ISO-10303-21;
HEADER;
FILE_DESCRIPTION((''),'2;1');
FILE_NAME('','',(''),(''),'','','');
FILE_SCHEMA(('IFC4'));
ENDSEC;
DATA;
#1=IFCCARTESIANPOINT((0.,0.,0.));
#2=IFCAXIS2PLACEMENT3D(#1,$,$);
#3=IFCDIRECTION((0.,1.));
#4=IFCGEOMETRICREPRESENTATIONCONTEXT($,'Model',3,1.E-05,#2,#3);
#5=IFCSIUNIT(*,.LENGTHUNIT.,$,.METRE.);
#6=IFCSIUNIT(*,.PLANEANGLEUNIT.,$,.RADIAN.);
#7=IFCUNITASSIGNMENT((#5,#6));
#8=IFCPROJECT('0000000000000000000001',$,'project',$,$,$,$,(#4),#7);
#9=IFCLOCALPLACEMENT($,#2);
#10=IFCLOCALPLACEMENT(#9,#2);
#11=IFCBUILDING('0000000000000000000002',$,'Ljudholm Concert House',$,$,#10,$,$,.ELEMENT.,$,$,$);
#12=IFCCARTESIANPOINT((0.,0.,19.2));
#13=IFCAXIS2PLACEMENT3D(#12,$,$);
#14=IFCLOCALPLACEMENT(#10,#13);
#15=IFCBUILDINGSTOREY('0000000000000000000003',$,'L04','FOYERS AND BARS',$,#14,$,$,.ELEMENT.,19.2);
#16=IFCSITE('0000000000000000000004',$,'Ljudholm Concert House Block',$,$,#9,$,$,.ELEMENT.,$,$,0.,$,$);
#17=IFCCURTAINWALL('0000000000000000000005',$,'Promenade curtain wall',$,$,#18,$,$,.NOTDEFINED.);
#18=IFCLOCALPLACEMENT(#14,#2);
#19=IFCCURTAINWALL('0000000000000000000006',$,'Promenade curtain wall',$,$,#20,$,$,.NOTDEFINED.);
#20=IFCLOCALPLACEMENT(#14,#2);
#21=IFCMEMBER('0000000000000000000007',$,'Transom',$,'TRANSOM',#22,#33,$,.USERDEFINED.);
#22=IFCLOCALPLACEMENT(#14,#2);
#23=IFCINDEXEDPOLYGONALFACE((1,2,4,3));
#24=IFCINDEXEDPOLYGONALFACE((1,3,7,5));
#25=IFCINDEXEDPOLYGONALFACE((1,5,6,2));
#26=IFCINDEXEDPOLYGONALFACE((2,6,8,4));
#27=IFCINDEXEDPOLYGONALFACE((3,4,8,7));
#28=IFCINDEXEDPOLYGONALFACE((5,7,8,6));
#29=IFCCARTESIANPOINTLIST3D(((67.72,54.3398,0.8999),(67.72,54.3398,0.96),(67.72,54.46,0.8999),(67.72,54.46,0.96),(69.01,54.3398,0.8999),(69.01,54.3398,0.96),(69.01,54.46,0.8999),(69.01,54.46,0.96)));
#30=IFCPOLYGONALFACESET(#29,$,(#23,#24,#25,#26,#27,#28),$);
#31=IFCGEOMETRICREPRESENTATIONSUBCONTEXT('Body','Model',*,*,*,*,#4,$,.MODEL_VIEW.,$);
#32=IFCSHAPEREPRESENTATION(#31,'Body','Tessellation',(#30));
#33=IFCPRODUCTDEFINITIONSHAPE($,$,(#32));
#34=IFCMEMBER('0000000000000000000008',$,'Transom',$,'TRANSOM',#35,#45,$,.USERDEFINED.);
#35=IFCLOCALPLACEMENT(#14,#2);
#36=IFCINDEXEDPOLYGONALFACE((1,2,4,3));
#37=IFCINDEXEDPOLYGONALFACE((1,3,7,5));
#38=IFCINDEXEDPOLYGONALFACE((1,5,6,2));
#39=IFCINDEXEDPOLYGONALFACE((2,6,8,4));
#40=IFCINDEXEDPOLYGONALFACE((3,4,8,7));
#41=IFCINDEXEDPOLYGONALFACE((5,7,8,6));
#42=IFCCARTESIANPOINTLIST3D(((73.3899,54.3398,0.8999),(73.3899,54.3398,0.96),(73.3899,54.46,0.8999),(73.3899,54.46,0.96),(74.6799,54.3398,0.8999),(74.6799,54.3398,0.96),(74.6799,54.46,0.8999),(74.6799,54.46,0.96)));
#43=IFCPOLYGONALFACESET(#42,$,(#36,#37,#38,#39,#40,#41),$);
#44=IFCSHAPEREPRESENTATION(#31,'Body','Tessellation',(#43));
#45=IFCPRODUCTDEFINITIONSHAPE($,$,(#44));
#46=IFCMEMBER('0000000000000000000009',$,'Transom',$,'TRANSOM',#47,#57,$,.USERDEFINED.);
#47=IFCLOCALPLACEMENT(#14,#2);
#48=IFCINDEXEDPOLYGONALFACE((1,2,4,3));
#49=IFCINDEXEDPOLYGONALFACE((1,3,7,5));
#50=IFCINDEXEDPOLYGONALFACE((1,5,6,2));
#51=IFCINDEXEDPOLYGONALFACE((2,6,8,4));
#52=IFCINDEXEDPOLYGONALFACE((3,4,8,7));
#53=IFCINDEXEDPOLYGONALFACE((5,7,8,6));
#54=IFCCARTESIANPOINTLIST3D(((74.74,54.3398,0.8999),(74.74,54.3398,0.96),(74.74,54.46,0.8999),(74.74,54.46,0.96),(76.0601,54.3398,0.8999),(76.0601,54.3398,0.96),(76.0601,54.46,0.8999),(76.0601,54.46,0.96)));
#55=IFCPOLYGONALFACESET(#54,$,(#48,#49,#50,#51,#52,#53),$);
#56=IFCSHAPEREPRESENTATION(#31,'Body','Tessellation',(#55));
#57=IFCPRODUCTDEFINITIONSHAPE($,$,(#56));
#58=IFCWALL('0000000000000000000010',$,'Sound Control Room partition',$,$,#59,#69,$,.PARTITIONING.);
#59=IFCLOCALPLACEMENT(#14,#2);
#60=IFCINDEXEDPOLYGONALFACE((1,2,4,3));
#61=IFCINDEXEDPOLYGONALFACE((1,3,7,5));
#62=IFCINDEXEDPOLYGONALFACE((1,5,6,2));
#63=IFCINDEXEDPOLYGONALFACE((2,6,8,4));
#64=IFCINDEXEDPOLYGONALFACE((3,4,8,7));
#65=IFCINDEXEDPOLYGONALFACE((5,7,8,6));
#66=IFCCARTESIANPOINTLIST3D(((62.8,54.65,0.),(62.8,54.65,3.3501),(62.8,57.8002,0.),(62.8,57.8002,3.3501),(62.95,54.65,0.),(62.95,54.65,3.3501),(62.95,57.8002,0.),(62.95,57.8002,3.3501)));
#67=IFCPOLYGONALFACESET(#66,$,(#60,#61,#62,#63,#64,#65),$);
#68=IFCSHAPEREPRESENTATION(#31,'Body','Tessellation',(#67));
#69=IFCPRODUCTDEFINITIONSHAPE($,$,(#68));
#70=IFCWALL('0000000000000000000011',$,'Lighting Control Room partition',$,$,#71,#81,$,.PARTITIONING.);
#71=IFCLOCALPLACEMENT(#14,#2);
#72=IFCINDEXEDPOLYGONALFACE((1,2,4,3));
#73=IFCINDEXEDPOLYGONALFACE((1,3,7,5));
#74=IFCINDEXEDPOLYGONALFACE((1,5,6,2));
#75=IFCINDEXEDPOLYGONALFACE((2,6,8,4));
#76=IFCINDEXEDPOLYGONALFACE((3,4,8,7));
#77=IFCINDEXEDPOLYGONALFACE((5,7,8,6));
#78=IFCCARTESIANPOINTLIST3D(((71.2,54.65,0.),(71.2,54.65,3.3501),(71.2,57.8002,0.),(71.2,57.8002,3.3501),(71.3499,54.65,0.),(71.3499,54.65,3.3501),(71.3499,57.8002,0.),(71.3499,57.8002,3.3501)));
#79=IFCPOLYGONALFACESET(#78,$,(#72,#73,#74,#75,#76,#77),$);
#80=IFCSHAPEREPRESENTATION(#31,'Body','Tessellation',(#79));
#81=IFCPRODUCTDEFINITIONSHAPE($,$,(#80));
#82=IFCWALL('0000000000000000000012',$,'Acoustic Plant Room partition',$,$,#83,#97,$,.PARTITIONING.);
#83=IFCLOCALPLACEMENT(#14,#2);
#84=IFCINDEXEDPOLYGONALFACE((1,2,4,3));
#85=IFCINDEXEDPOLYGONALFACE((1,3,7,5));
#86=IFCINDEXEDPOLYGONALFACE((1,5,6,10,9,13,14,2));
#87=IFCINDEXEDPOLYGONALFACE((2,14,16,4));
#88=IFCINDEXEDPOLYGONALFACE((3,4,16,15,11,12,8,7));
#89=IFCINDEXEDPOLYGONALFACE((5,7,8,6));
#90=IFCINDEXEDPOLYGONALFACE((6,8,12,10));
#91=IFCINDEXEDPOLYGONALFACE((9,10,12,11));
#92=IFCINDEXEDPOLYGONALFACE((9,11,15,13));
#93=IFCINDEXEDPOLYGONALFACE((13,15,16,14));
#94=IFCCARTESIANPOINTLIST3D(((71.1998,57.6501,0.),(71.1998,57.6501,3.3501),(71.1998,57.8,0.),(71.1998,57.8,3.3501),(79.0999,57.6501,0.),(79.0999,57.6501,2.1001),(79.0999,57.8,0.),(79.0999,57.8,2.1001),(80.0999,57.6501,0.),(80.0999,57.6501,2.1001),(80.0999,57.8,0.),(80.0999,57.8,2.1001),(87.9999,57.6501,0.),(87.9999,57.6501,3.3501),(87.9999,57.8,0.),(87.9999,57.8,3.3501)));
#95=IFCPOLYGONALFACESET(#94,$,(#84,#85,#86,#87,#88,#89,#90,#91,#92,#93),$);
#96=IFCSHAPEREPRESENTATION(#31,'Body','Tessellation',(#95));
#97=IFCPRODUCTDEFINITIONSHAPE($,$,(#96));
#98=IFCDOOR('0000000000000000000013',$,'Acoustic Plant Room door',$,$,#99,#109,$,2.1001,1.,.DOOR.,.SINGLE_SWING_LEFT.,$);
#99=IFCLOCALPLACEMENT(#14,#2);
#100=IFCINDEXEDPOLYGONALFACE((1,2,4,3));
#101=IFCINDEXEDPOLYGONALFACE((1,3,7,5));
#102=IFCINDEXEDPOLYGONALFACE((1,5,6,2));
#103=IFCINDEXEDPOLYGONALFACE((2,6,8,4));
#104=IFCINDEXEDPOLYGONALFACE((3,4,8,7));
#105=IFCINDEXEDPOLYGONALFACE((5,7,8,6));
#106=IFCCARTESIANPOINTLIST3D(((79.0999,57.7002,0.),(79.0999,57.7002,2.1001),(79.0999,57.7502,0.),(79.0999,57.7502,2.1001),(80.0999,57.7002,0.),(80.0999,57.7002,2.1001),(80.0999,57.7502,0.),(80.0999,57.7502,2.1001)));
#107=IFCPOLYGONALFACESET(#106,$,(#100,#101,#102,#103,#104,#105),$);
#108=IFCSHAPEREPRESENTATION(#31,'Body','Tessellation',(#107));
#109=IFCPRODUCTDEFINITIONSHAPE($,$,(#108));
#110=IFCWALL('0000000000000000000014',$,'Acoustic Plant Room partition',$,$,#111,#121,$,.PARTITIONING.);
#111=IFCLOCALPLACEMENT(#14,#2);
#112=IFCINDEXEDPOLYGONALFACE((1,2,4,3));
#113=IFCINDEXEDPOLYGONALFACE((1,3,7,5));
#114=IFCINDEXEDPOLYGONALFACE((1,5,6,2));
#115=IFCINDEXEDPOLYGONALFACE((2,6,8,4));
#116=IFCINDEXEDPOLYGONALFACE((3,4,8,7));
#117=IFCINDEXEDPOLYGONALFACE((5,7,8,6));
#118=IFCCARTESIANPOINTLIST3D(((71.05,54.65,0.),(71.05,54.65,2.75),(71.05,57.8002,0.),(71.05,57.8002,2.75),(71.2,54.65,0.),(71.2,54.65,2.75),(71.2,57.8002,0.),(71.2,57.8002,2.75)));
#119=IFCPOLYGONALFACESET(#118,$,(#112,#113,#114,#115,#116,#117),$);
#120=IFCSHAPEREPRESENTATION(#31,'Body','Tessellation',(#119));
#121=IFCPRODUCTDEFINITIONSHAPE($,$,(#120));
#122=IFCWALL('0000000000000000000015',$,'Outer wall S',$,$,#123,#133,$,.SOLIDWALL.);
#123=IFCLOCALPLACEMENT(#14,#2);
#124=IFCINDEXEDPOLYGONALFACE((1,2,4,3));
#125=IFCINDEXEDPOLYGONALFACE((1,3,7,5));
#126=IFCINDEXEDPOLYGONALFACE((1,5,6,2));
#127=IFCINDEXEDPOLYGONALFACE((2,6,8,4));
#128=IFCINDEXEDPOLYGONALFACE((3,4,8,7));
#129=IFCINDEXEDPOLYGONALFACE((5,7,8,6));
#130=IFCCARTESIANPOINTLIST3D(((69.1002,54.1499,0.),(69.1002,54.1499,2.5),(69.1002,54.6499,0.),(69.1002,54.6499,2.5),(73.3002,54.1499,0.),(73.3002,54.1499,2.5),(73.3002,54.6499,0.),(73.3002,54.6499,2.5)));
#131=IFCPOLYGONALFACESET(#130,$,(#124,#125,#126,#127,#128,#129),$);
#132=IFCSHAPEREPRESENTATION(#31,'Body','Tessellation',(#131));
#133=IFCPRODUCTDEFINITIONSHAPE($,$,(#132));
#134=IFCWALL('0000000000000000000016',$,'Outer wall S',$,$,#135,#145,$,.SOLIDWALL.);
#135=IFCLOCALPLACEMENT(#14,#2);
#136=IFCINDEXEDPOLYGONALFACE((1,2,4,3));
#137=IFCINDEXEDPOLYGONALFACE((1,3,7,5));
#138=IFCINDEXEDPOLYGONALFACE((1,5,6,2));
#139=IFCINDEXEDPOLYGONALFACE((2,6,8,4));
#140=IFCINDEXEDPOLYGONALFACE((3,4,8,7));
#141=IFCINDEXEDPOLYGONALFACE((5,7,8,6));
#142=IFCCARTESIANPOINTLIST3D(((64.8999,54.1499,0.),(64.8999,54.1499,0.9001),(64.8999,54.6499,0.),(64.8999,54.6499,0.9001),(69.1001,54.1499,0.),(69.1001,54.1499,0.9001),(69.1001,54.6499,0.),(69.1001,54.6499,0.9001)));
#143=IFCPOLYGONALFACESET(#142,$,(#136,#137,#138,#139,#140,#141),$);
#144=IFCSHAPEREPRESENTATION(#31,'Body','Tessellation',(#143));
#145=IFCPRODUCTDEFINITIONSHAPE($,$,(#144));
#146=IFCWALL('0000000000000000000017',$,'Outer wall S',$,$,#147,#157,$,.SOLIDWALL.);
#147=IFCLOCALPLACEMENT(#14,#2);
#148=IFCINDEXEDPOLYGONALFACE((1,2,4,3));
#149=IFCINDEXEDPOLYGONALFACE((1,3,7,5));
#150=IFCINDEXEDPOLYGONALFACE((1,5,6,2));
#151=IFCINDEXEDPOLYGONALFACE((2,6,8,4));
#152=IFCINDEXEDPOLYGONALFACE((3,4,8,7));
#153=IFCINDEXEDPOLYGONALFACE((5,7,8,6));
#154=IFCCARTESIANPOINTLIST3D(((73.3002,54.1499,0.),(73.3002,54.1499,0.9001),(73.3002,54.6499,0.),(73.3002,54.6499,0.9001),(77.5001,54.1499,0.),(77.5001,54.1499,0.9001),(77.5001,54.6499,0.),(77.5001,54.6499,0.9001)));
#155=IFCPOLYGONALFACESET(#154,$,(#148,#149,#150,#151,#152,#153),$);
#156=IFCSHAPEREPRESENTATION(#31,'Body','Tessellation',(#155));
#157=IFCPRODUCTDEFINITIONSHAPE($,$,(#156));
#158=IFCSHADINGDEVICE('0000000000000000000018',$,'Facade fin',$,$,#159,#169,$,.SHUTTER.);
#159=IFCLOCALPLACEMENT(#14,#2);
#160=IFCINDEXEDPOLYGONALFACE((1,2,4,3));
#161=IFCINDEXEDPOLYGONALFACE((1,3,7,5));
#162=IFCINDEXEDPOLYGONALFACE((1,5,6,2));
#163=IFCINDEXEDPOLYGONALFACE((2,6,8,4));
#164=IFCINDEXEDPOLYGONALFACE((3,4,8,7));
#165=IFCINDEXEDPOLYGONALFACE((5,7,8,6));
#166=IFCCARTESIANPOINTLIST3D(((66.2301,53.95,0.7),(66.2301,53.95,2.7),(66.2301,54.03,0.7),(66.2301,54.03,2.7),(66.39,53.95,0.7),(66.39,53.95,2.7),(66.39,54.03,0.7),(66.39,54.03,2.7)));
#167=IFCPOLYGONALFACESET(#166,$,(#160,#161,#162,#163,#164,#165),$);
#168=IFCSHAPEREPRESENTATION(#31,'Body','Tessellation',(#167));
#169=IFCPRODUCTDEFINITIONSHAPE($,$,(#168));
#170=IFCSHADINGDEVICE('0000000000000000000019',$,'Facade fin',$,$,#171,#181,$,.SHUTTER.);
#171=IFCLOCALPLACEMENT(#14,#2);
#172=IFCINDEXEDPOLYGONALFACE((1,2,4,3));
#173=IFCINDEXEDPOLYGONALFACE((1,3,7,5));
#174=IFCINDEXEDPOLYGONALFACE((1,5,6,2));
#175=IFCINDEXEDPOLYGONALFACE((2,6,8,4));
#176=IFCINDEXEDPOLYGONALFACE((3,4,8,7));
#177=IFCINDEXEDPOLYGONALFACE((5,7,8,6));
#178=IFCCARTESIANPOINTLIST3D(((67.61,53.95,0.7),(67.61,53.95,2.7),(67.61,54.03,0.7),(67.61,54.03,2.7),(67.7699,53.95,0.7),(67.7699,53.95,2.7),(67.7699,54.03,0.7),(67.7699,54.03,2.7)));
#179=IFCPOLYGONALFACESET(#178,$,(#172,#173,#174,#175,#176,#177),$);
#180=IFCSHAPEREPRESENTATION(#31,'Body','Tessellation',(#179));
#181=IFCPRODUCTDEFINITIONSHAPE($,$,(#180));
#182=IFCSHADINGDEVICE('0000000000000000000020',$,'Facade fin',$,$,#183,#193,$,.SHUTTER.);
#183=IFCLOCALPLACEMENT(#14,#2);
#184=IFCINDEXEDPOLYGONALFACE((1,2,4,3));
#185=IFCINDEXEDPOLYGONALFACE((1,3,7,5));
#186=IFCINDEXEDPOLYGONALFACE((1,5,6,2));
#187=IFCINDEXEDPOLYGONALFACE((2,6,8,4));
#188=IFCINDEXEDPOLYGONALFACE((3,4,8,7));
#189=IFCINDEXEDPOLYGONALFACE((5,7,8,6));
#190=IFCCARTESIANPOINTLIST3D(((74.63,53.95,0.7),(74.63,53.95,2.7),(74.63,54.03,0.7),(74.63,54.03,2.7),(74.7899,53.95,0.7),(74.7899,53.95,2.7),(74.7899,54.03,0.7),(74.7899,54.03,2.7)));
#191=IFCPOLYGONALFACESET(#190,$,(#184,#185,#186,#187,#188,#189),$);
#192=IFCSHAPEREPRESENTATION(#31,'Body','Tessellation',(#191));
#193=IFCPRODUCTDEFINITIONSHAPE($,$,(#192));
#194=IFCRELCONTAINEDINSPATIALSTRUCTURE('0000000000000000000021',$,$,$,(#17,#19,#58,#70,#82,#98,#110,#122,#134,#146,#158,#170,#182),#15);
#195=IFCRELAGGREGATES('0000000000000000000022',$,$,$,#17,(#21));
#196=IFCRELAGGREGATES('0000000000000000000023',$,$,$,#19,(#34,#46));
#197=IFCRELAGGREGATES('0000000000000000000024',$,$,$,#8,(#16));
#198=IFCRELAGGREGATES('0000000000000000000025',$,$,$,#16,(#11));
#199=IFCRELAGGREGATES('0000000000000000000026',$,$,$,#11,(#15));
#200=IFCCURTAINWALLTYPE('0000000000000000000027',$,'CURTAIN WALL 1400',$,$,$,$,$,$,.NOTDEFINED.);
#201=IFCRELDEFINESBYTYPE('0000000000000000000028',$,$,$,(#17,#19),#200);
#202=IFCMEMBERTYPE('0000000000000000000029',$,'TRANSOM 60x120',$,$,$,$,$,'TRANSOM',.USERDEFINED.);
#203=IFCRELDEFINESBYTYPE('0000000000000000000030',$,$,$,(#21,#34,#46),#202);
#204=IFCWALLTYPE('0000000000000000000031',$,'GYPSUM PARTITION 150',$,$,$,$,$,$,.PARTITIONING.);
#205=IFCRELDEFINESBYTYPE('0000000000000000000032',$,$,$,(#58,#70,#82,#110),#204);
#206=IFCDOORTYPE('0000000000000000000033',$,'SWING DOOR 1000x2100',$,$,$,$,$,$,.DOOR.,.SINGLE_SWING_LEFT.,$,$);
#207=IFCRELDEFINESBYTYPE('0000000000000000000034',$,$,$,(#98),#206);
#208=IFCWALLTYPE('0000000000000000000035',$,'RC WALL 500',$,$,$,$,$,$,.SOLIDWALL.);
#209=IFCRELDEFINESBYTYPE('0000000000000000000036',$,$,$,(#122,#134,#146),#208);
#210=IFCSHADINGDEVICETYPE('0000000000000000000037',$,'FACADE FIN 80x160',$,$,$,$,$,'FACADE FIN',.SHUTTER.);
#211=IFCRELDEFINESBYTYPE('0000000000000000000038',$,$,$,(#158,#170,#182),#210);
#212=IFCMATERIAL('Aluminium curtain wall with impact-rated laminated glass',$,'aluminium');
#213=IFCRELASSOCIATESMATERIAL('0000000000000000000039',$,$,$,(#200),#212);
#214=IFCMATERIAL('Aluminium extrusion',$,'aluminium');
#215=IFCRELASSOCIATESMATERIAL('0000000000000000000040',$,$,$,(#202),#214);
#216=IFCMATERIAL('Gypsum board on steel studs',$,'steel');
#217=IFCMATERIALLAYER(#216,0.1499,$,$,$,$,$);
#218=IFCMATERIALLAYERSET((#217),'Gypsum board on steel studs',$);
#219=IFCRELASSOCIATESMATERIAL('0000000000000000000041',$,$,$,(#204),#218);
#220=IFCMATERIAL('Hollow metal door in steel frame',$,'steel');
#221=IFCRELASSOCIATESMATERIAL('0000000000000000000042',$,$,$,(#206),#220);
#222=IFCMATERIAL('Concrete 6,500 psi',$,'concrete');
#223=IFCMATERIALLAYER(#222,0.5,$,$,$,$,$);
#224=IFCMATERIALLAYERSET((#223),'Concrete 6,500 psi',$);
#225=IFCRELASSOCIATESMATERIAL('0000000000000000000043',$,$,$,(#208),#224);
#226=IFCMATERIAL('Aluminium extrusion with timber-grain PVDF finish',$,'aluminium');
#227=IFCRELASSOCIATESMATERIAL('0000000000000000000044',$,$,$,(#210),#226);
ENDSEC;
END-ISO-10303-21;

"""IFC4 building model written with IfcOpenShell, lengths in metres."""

from ifc_helpers import new_model, si_unit, direction, frame, frame_2d, origin, origin_2d, place, context, subcontext, project, spatial, rectangle, extrude, material, layer, layer_set, material_profile, profile_set, type_object, element, fill, aggregate, save


model = new_model("IFC4")

# Units and contexts
model_context = context("Model", 3, precision=1e-05, world=origin(), true_north=direction((0.0, 1.0)))
body_context = subcontext(model_context, "Body", "Model", "MODEL_VIEW")
ifc_project = project(units=[si_unit("LENGTHUNIT", "METRE"), si_unit("PLANEANGLEUNIT", "RADIAN")], contexts=[model_context])

# Site, building, storey
site_placement = place(None, origin())
site = spatial("IfcSite", under=ifc_project, at=site_placement, Name="Ljudholm Concert House Block", CompositionType="ELEMENT", RefElevation=0.0)
building_placement = place(site_placement, origin())
building = spatial("IfcBuilding", under=site, at=building_placement, Name="Ljudholm Concert House", CompositionType="ELEMENT")
storey_placement = place(building_placement, frame((0.0, 0.0, 19.2)))
storey = spatial("IfcBuildingStorey", under=building, at=storey_placement, Name="L04", Description="FOYERS AND BARS", CompositionType="ELEMENT", Elevation=19.2)

# Curtain walls
ifc_material_1 = material(Name="Aluminium curtain wall with impact-rated laminated glass", Category="aluminium")
curtain_wall_type = type_object("IfcCurtainWallType", Name="CURTAIN WALL 1400", PredefinedType="NOTDEFINED", material=ifc_material_1)
curtain_wall_1_placement = place(storey_placement, origin())
curtain_wall_1 = element("IfcCurtainWall", 1, at=curtain_wall_1_placement, inside=storey, type_object=curtain_wall_type, Name="Promenade curtain wall", PredefinedType="NOTDEFINED")
curtain_wall_2_placement = place(storey_placement, origin())
curtain_wall_2 = element("IfcCurtainWall", 2, at=curtain_wall_2_placement, inside=storey, type_object=curtain_wall_type, Name="Promenade curtain wall", PredefinedType="NOTDEFINED")

# Members
ifc_material_2 = material(Name="Aluminium extrusion", Category="aluminium")
ifc_material_profile_1 = material_profile(ifc_material_2, rectangle(XDim=0.1201, YDim=0.0601, at=origin_2d()), Name="TRANSOM 60x120")
ifc_profile_set_1 = profile_set([ifc_material_profile_1], Name="Aluminium extrusion")
member_type_1 = type_object("IfcMemberType", Name="TRANSOM 60x120", ElementType="TRANSOM", PredefinedType="USERDEFINED", material=ifc_profile_set_1)
member_1_placement = place(storey_placement, frame((67.72, 54.3999, 0.9299), z_axis=(1.0, 0.0, 0.0), x_axis=(0.0, 1.0, 0.0)))
member_1 = element("IfcMember", 3, at=member_1_placement, type_object=member_type_1, Name="Transom", ObjectType="TRANSOM", PredefinedType="USERDEFINED", context=body_context, shape_type="SweptSolid", body=[
    extrude(rectangle(XDim=0.1201, YDim=0.0601, at=origin_2d()), origin(), (0.0, 0.0, 1.0), 1.29),
])
aggregate(curtain_wall_1, [member_1])
member_2_placement = place(storey_placement, frame((73.3899, 54.3999, 0.9299), z_axis=(1.0, 0.0, 0.0), x_axis=(0.0, 1.0, 0.0)))
member_2 = element("IfcMember", 4, at=member_2_placement, type_object=member_type_1, Name="Transom", ObjectType="TRANSOM", PredefinedType="USERDEFINED", context=body_context, shape_type="SweptSolid", body=[
    extrude(rectangle(XDim=0.1201, YDim=0.0601, at=origin_2d()), origin(), (0.0, 0.0, 1.0), 1.29),
])
member_3_placement = place(storey_placement, frame((74.74, 54.3999, 0.9299), z_axis=(1.0, 0.0, 0.0), x_axis=(0.0, 1.0, 0.0)))
member_3 = element("IfcMember", 5, at=member_3_placement, type_object=member_type_1, Name="Transom", ObjectType="TRANSOM", PredefinedType="USERDEFINED", context=body_context, shape_type="SweptSolid", body=[
    extrude(rectangle(XDim=0.1201, YDim=0.0601, at=origin_2d()), origin(), (0.0, 0.0, 1.0), 1.3201),
])
aggregate(curtain_wall_2, [member_2, member_3])

# Walls
ifc_material_3 = material(Name="Gypsum board on steel studs", Category="steel")
ifc_layer_1 = layer(ifc_material_3, 0.1499)
ifc_layer_set_1 = layer_set([ifc_layer_1], Name="Gypsum board on steel studs")
wall_type_1 = type_object("IfcWallType", Name="GYPSUM PARTITION 150", PredefinedType="PARTITIONING", material=ifc_layer_set_1)
for number, where, z_axis, x_axis, name in (
    (6, (62.875, 54.6499, 0.0), (0.0, 0.0, 1.0), (0.0, 1.0, 0.0), "Sound Control Room partition"),
    (7, (71.2749, 54.6499, 0.0), (0.0, 0.0, 1.0), (0.0, 1.0, 0.0), "Lighting Control Room partition"),
):
    element("IfcWall", number, at=place(storey_placement, frame(where, z_axis=z_axis, x_axis=x_axis)), inside=storey, type_object=wall_type_1, Name=name, PredefinedType="PARTITIONING", context=body_context, shape_type="SweptSolid", body=[
        extrude(rectangle(XDim=3.1501, YDim=0.1499, at=frame_2d((1.5752, 0.0))), origin(), (0.0, 0.0, 1.0), 3.3501),
    ])

# Wall, opening, door
wall_1_placement = place(storey_placement, frame((71.2, 57.7251, 0.0), z_axis=(0.0, 0.0, 1.0), x_axis=(1.0, 0.0, 0.0)))
wall_1 = element("IfcWall", 8, at=wall_1_placement, inside=storey, type_object=wall_type_1, Name="Acoustic Plant Room partition", PredefinedType="PARTITIONING", context=body_context, shape_type="SweptSolid", body=[
    extrude(rectangle(XDim=16.8, YDim=0.1499, at=frame_2d((8.3999, 0.0))), origin(), (0.0, 0.0, 1.0), 3.3501),
])
opening_placement = place(wall_1_placement, frame((7.8999, 0.0, 0.0)))
opening = element("IfcOpeningElement", 9, at=opening_placement, cuts=wall_1, PredefinedType="OPENING", context=body_context, shape_type="SweptSolid", body=[
    extrude(rectangle(XDim=1.0, YDim=2.1001, at=frame_2d((0.5, 1.05))), frame((0.0, 0.085, 0.0), z_axis=(0.0, -1.0, 0.0), x_axis=(1.0, 0.0, 0.0)), (0.0, 0.0, 1.0), 0.1699),
])
ifc_material_4 = material(Name="Hollow metal door in steel frame", Category="steel")
door_type = type_object("IfcDoorType", Name="SWING DOOR 1000x2100", OperationType="SINGLE_SWING_LEFT", PredefinedType="DOOR", material=ifc_material_4)
door_placement = place(opening_placement, frame((1.0, 0.0, 0.0), z_axis=(0.0, 0.0, 1.0), x_axis=(-1.0, 0.0, 0.0)))
door = element("IfcDoor", 10, at=door_placement, inside=storey, type_object=door_type, Name="Acoustic Plant Room door", OperationType="SINGLE_SWING_LEFT", OverallHeight=2.1001, OverallWidth=1.0, PredefinedType="DOOR", context=body_context, shape_type="SweptSolid", body=[
    extrude(rectangle(XDim=1.0, YDim=2.1001, at=frame_2d((0.5, 1.05))), frame((0.0, 0.0249, 0.0), z_axis=(0.0, -1.0, 0.0), x_axis=(1.0, 0.0, 0.0)), (0.0, 0.0, 1.0), 0.05),
])
fill(opening, door)

# Walls
wall_2_placement = place(storey_placement, frame((71.125, 54.6499, 0.0), z_axis=(0.0, 0.0, 1.0), x_axis=(0.0, 1.0, 0.0)))
element("IfcWall", 11, at=wall_2_placement, inside=storey, type_object=wall_type_1, Name="Acoustic Plant Room partition", PredefinedType="PARTITIONING", context=body_context, shape_type="SweptSolid", body=[
    extrude(rectangle(XDim=3.1501, YDim=0.1499, at=frame_2d((1.5752, 0.0))), origin(), (0.0, 0.0, 1.0), 2.75),
])
ifc_material_5 = material(Name="Concrete 6,500 psi", Category="concrete")
ifc_layer_2 = layer(ifc_material_5, 0.5)
ifc_layer_set_2 = layer_set([ifc_layer_2], Name="Concrete 6,500 psi")
wall_type_2 = type_object("IfcWallType", Name="RC WALL 500", PredefinedType="SOLIDWALL", material=ifc_layer_set_2)
wall_3_placement = place(storey_placement, frame((69.1001, 54.3999, 0.0), z_axis=(0.0, 0.0, 1.0), x_axis=(1.0, 0.0, 0.0)))
element("IfcWall", 12, at=wall_3_placement, inside=storey, type_object=wall_type_2, Name="Outer wall S", PredefinedType="SOLIDWALL", context=body_context, shape_type="SweptSolid", body=[
    extrude(rectangle(XDim=4.2, YDim=0.5, at=frame_2d((2.1001, 0.0))), origin(), (0.0, 0.0, 1.0), 2.5),
])
wall_4_placement = place(storey_placement, frame((64.8999, 54.3999, 0.0), z_axis=(0.0, 0.0, 1.0), x_axis=(1.0, 0.0, 0.0)))
element("IfcWall", 13, at=wall_4_placement, inside=storey, type_object=wall_type_2, Name="Outer wall S", PredefinedType="SOLIDWALL", context=body_context, shape_type="SweptSolid", body=[
    extrude(rectangle(XDim=4.2002, YDim=0.5, at=frame_2d((2.1001, 0.0))), origin(), (0.0, 0.0, 1.0), 0.9001),
])
wall_5_placement = place(storey_placement, frame((73.3, 54.3999, 0.0), z_axis=(0.0, 0.0, 1.0), x_axis=(1.0, 0.0, 0.0)))
element("IfcWall", 14, at=wall_5_placement, inside=storey, type_object=wall_type_2, Name="Outer wall S", PredefinedType="SOLIDWALL", context=body_context, shape_type="SweptSolid", body=[
    extrude(rectangle(XDim=4.2, YDim=0.5, at=frame_2d((2.1001, 0.0))), origin(), (0.0, 0.0, 1.0), 0.9001),
])

# Shading devices
ifc_material_6 = material(Name="Aluminium extrusion with timber-grain PVDF finish", Category="aluminium")
shading_device_type = type_object("IfcShadingDeviceType", Name="FACADE FIN 80x160", ElementType="FACADE FIN", PredefinedType="SHUTTER", material=ifc_material_6)
for number, where, z_axis, x_axis, name in (
    (15, (66.3101, 53.99, 0.7), (0.0, 0.0, 1.0), (0.0, -1.0, 0.0), "Facade fin"),
    (16, (67.6899, 53.99, 0.7), (0.0, 0.0, 1.0), (0.0, -1.0, 0.0), "Facade fin"),
    (17, (74.71, 53.99, 0.7), (0.0, 0.0, 1.0), (0.0, -1.0, 0.0), "Facade fin"),
):
    element("IfcShadingDevice", number, at=place(storey_placement, frame(where, z_axis=z_axis, x_axis=x_axis)), inside=storey, type_object=shading_device_type, Name=name, PredefinedType="SHUTTER", context=body_context, shape_type="SweptSolid", body=[
        extrude(rectangle(XDim=0.0801, YDim=0.1599, at=origin_2d()), origin(), (0.0, 0.0, 1.0), 2.0),
    ])

save(model, "model.ifc")
